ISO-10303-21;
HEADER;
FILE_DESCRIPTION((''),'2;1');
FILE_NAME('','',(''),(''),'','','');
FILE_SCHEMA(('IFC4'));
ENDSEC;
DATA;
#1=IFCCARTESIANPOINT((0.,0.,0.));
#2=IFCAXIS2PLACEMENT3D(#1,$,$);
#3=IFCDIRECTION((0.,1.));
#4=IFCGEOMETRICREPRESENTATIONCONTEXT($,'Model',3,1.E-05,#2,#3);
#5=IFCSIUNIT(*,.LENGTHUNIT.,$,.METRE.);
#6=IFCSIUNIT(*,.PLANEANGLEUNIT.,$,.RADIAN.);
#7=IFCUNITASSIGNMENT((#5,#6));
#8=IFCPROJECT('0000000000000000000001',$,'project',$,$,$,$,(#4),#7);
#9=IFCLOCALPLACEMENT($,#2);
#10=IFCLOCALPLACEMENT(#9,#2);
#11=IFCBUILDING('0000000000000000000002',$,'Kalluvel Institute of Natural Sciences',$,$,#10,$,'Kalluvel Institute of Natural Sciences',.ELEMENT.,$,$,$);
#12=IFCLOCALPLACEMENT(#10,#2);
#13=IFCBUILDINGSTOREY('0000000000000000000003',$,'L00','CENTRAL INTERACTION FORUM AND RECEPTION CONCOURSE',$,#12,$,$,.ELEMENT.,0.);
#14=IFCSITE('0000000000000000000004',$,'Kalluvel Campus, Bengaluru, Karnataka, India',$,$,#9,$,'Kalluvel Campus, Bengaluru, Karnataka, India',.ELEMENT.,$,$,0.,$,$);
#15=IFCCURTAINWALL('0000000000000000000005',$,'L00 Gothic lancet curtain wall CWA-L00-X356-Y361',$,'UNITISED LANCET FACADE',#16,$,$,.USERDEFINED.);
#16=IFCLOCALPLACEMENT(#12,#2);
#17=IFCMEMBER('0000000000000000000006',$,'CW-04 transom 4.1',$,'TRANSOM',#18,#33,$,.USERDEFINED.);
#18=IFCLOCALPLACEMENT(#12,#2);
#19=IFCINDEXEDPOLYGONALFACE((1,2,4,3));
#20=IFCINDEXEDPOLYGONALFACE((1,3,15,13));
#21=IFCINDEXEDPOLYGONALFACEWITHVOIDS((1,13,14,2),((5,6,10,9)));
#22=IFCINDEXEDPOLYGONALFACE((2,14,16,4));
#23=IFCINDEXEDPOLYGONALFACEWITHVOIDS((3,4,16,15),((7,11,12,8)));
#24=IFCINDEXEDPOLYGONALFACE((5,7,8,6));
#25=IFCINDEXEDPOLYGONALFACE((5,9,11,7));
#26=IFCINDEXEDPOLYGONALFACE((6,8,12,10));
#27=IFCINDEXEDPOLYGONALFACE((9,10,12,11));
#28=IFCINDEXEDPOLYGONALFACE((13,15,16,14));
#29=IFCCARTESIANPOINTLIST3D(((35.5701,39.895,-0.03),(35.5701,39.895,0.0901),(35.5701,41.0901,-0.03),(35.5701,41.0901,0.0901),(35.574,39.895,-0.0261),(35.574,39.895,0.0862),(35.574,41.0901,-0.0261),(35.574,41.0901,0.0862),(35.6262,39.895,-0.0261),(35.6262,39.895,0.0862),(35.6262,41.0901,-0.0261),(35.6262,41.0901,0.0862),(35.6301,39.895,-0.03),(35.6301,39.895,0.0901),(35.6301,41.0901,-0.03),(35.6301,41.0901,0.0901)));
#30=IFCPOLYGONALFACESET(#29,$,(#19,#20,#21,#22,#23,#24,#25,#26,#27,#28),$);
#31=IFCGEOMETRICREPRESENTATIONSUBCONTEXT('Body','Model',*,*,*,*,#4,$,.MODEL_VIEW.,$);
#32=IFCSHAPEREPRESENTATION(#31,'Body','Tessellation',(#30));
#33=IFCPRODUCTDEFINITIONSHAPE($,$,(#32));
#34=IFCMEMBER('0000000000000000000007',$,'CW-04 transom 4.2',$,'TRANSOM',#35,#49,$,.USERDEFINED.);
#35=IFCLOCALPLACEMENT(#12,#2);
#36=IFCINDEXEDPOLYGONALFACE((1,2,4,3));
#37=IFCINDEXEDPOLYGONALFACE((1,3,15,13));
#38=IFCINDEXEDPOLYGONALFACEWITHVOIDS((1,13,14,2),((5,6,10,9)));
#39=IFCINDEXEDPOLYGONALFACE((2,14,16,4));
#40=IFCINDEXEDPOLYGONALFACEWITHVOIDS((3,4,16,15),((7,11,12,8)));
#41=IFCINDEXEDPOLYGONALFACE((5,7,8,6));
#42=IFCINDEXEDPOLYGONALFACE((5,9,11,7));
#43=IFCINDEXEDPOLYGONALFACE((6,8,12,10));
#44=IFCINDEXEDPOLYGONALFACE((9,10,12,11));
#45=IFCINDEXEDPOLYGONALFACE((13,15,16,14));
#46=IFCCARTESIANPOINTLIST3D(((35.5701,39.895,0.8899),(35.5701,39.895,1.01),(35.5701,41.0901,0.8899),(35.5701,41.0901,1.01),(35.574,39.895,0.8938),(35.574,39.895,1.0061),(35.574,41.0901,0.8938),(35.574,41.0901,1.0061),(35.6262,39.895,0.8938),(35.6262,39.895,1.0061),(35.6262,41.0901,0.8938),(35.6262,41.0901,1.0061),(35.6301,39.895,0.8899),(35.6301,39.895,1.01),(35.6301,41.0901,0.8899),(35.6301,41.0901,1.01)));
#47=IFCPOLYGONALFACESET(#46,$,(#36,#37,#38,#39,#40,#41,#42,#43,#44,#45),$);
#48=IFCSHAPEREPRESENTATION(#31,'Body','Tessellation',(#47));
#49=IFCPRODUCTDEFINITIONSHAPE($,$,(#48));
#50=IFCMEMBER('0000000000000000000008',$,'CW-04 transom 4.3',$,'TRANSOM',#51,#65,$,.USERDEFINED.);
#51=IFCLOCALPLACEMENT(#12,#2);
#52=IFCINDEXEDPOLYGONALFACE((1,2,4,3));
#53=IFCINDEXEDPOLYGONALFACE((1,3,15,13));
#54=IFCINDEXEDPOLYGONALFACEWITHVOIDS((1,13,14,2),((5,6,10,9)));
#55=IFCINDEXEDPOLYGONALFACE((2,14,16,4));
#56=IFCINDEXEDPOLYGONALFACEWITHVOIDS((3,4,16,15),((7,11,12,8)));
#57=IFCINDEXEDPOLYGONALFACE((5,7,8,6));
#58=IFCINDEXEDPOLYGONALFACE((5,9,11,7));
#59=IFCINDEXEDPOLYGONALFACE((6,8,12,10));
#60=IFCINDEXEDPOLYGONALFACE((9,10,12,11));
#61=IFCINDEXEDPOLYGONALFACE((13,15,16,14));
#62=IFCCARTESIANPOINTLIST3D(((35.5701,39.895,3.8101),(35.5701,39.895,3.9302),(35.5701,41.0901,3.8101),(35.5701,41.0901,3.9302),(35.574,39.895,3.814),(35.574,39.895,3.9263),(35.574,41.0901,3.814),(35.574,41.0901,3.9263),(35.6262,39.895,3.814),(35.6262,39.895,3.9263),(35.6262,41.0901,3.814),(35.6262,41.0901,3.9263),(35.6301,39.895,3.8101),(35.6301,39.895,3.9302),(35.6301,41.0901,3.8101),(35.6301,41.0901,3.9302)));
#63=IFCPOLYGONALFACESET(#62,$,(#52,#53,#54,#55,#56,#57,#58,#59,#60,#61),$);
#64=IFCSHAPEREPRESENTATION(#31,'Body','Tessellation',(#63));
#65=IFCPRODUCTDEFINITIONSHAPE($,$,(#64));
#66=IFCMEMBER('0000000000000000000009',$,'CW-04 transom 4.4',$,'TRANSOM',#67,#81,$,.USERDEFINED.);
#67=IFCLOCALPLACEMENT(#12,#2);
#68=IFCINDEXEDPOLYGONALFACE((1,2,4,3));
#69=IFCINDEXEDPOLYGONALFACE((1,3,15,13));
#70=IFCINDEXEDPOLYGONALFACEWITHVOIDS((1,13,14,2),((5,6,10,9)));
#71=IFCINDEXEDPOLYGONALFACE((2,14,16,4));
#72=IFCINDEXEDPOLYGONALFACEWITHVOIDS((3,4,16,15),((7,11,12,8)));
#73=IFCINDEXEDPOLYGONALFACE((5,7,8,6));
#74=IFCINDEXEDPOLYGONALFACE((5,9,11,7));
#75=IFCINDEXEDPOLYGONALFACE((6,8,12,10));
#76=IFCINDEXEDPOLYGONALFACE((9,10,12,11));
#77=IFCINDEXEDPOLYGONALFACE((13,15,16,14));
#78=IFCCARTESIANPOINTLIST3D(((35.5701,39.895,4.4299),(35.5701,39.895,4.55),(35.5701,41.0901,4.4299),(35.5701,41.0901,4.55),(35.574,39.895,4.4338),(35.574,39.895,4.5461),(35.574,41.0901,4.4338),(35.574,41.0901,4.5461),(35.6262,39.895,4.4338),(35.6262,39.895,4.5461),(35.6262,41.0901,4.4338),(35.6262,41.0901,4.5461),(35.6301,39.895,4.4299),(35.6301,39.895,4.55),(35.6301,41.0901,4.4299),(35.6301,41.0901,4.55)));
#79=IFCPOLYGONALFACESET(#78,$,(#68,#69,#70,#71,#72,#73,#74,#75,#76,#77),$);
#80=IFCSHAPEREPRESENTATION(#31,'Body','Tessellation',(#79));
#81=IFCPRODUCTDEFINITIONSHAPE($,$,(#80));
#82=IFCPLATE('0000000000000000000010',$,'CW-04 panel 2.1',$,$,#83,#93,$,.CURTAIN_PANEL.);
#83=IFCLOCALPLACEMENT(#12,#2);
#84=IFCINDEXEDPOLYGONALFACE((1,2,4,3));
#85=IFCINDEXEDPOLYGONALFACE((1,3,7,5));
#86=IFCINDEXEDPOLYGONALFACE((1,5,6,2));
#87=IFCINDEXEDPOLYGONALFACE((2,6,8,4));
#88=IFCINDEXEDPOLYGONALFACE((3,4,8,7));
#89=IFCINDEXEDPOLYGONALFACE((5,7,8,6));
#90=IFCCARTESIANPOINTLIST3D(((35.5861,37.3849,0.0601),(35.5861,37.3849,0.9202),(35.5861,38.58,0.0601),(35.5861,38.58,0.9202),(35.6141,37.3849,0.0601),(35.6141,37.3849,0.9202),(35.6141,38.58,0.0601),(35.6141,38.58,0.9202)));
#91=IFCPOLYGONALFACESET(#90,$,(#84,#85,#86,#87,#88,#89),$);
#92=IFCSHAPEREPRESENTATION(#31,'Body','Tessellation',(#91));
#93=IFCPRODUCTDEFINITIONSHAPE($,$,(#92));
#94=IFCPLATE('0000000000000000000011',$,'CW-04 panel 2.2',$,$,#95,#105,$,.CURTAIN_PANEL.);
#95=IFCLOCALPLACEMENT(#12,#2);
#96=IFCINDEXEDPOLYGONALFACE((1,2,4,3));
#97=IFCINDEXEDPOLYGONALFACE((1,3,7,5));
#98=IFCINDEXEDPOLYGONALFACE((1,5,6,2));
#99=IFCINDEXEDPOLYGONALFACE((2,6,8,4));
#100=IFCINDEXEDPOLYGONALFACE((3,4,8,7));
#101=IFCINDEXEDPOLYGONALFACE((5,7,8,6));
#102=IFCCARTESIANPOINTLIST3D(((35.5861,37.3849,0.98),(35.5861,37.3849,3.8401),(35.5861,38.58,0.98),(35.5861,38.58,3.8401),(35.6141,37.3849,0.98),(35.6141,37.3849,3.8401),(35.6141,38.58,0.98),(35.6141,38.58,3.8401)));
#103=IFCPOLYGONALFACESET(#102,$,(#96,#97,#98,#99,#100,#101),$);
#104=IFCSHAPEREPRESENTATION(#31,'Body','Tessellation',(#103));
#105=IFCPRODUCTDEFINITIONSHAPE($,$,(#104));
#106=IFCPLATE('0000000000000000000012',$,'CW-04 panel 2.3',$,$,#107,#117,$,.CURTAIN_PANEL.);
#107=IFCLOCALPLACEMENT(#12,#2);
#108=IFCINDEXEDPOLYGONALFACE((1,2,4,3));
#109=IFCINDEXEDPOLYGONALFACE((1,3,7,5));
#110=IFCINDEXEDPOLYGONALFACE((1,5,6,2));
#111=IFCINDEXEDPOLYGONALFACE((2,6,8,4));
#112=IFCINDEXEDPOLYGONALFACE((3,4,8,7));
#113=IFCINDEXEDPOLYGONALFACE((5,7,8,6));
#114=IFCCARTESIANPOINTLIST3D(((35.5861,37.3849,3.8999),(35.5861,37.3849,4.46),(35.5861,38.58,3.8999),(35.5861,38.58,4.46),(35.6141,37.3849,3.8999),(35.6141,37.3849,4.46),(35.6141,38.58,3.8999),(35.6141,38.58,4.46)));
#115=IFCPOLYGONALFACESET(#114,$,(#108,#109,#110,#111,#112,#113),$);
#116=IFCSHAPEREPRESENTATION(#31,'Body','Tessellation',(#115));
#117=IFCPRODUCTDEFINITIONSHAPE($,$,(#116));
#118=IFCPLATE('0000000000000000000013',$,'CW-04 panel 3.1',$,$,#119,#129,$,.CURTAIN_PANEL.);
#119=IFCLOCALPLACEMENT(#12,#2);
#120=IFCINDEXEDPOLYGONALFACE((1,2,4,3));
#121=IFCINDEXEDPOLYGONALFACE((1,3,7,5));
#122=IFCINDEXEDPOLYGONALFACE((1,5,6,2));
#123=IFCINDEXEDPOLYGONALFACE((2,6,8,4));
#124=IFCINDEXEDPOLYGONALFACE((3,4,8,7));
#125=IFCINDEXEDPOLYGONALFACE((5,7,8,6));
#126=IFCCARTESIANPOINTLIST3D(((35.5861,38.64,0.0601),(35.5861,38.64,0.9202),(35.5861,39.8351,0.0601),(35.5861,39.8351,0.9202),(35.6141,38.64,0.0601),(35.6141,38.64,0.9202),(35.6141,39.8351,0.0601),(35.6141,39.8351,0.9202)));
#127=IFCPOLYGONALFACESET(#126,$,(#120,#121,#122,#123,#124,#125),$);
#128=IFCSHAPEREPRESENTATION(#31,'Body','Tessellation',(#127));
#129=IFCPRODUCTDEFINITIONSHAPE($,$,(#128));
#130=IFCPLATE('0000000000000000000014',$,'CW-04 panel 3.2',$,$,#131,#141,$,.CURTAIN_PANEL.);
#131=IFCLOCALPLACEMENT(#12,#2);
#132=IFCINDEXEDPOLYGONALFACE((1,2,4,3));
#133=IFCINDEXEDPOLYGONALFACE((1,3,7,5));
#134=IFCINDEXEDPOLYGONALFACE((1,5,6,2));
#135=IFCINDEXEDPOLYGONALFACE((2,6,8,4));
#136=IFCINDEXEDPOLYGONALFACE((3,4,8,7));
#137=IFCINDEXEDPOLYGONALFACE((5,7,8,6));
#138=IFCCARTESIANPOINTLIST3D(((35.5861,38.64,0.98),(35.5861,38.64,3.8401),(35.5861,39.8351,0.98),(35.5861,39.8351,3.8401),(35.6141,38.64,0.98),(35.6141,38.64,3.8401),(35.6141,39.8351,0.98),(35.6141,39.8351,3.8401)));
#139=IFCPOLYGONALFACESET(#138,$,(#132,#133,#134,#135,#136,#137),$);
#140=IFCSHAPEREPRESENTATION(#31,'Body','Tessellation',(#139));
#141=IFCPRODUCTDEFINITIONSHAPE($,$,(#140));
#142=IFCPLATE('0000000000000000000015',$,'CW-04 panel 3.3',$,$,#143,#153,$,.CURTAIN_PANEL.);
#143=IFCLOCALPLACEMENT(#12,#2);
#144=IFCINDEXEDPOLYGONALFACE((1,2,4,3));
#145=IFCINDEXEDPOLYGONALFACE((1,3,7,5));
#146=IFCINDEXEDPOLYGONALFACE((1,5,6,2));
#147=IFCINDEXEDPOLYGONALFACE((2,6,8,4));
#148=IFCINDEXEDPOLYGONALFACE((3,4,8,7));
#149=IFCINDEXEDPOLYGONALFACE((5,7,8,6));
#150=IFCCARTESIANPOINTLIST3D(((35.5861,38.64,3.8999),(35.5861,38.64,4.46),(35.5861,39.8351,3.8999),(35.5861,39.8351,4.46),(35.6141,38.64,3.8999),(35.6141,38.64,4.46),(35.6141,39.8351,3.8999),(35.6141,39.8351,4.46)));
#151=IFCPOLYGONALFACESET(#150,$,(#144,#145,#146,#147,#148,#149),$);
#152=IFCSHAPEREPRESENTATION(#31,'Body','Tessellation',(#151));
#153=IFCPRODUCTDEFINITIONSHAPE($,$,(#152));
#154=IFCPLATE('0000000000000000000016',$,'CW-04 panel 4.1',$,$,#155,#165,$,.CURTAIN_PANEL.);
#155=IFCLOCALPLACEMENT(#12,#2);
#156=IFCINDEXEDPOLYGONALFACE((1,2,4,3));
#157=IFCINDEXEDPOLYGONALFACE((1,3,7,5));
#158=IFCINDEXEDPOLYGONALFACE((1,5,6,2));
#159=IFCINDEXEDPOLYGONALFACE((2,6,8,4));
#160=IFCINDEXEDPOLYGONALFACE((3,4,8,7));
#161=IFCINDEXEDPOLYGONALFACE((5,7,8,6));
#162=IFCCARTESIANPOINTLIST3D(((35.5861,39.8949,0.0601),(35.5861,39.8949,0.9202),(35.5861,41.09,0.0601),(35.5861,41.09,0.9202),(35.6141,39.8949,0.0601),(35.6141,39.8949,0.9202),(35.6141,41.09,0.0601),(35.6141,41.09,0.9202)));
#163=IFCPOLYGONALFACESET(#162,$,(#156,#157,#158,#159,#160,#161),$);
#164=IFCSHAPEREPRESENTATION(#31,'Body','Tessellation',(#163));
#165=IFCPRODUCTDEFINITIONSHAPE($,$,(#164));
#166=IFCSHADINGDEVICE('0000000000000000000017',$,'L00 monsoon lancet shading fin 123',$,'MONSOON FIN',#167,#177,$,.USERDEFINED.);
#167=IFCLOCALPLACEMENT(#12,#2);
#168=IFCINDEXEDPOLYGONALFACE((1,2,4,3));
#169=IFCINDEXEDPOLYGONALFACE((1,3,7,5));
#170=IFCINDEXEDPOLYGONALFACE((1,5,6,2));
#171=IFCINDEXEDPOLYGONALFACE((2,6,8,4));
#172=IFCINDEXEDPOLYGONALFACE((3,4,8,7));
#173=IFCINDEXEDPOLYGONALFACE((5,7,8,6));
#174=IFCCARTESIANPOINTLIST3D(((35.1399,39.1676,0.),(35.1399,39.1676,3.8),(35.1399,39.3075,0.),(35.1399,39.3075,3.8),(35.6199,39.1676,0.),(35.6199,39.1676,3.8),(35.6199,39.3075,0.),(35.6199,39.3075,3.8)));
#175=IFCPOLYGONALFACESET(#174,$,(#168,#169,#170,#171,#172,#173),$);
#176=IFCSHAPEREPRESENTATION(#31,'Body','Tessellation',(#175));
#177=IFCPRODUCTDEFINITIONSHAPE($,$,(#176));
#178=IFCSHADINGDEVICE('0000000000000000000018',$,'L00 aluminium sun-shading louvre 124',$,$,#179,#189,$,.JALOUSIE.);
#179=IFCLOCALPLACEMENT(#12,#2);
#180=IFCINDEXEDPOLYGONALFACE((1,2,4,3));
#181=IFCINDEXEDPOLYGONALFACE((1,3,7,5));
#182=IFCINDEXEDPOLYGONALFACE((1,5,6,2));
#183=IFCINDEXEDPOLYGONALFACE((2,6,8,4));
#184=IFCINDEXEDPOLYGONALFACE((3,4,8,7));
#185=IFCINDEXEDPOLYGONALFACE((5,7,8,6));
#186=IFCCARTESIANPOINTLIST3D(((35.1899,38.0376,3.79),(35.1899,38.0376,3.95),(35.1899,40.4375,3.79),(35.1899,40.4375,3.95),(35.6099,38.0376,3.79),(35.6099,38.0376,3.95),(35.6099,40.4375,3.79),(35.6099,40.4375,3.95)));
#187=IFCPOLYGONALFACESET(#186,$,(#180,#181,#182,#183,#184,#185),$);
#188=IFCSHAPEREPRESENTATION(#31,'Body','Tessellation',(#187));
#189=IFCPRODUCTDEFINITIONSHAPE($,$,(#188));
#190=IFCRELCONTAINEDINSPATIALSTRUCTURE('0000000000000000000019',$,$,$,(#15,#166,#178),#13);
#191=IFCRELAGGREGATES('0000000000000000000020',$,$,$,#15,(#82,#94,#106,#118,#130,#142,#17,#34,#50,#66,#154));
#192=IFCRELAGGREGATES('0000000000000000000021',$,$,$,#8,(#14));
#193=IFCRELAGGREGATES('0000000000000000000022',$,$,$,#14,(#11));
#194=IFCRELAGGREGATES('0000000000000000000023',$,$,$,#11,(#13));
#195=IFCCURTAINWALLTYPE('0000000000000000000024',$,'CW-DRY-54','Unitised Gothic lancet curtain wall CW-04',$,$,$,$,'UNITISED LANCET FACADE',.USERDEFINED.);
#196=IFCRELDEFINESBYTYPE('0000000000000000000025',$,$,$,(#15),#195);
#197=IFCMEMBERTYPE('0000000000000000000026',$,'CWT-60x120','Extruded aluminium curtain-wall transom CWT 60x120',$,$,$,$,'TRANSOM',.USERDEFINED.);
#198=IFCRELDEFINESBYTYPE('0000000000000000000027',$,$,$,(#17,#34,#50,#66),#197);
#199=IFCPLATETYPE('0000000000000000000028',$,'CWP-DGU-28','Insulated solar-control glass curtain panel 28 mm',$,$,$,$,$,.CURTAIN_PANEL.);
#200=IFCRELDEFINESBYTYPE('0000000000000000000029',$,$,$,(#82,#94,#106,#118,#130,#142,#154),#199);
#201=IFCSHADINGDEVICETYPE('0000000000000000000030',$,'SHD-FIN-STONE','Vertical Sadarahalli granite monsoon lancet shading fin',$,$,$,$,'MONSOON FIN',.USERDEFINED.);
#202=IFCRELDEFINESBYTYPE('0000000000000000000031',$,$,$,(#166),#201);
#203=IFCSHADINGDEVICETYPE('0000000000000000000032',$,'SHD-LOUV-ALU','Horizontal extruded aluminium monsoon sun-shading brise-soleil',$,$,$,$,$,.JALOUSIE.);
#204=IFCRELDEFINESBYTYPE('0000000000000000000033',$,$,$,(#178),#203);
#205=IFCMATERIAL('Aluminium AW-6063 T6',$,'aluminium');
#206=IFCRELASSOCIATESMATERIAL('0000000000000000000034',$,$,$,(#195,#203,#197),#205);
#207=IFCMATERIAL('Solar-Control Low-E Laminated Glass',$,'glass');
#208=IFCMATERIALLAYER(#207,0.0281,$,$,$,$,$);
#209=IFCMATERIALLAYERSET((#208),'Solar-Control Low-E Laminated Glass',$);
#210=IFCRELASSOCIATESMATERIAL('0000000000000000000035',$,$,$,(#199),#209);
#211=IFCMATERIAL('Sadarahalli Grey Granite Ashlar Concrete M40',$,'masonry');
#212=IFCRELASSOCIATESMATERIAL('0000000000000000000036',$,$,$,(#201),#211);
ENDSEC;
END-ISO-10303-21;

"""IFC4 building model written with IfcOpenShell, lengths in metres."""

from ifc_helpers import new_model, si_unit, direction, frame, origin, origin_2d, place, context, subcontext, project, spatial, rectangle, hollow_rectangle, extrude, material, layer, layer_set, material_profile, profile_set, type_object, element, aggregate, save


model = new_model("IFC4")

# Units and contexts
model_context = context("Model", 3, precision=1e-05, world=origin(), true_north=direction((0.0, 1.0)))
body_context = subcontext(model_context, "Body", "Model", "MODEL_VIEW")
ifc_project = project(units=[si_unit("LENGTHUNIT", "METRE"), si_unit("PLANEANGLEUNIT", "RADIAN")], contexts=[model_context])

# Site, building, storey
site_placement = place(None, origin())
site = spatial("IfcSite", under=ifc_project, at=site_placement, Name="Kalluvel Campus, Bengaluru, Karnataka, India", LongName="Kalluvel Campus, Bengaluru, Karnataka, India", CompositionType="ELEMENT", RefElevation=0.0)
building_placement = place(site_placement, origin())
building = spatial("IfcBuilding", under=site, at=building_placement, Name="Kalluvel Institute of Natural Sciences", LongName="Kalluvel Institute of Natural Sciences", CompositionType="ELEMENT")
storey_placement = place(building_placement, origin())
storey = spatial("IfcBuildingStorey", under=building, at=storey_placement, Name="L00", Description="CENTRAL INTERACTION FORUM AND RECEPTION CONCOURSE", CompositionType="ELEMENT", Elevation=0.0)

# Curtain wall, members, plates
ifc_material_1 = material(Name="Aluminium AW-6063 T6", Category="aluminium")
curtain_wall_type = type_object("IfcCurtainWallType", Name="CW-DRY-54", Description="Unitised Gothic lancet curtain wall CW-04", ElementType="UNITISED LANCET FACADE", PredefinedType="USERDEFINED", material=ifc_material_1)
curtain_wall_placement = place(storey_placement, origin())
curtain_wall = element("IfcCurtainWall", 1, at=curtain_wall_placement, inside=storey, type_object=curtain_wall_type, Name="L00 Gothic lancet curtain wall CWA-L00-X356-Y361", ObjectType="UNITISED LANCET FACADE", PredefinedType="USERDEFINED")
ifc_material_profile_1 = material_profile(ifc_material_1, hollow_rectangle(XDim=0.0601, YDim=0.1201, WallThickness=0.0039, at=origin_2d()), Name="CWT 60x120")
ifc_profile_set_1 = profile_set([ifc_material_profile_1], Name="Aluminium AW-6063 T6")
member_type_1 = type_object("IfcMemberType", Name="CWT-60x120", Description="Extruded aluminium curtain-wall transom CWT 60x120", ElementType="TRANSOM", PredefinedType="USERDEFINED", material=ifc_profile_set_1)
member_1_placement = place(storey_placement, frame((35.6001, 39.895, 0.03), z_axis=(0.0, 1.0, 0.0), x_axis=(-1.0, 0.0, 0.0)))
member_1 = element("IfcMember", 2, at=member_1_placement, type_object=member_type_1, Name="CW-04 transom 4.1", ObjectType="TRANSOM", PredefinedType="USERDEFINED", context=body_context, shape_type="SweptSolid", body=[
    extrude(hollow_rectangle(XDim=0.0601, YDim=0.1201, WallThickness=0.0039, at=origin_2d()), origin(), (0.0, 0.0, 1.0), 1.1951),
])
member_2_placement = place(storey_placement, frame((35.6001, 39.895, 0.95), z_axis=(0.0, 1.0, 0.0), x_axis=(-1.0, 0.0, 0.0)))
member_2 = element("IfcMember", 3, at=member_2_placement, type_object=member_type_1, Name="CW-04 transom 4.2", ObjectType="TRANSOM", PredefinedType="USERDEFINED", context=body_context, shape_type="SweptSolid", body=[
    extrude(hollow_rectangle(XDim=0.0601, YDim=0.1201, WallThickness=0.0039, at=origin_2d()), origin(), (0.0, 0.0, 1.0), 1.1951),
])
member_3_placement = place(storey_placement, frame((35.6001, 39.895, 3.8701), z_axis=(0.0, 1.0, 0.0), x_axis=(-1.0, 0.0, 0.0)))
member_3 = element("IfcMember", 4, at=member_3_placement, type_object=member_type_1, Name="CW-04 transom 4.3", ObjectType="TRANSOM", PredefinedType="USERDEFINED", context=body_context, shape_type="SweptSolid", body=[
    extrude(hollow_rectangle(XDim=0.0601, YDim=0.1201, WallThickness=0.0039, at=origin_2d()), origin(), (0.0, 0.0, 1.0), 1.1951),
])
member_4_placement = place(storey_placement, frame((35.6001, 39.895, 4.49), z_axis=(0.0, 1.0, 0.0), x_axis=(-1.0, 0.0, 0.0)))
member_4 = element("IfcMember", 5, at=member_4_placement, type_object=member_type_1, Name="CW-04 transom 4.4", ObjectType="TRANSOM", PredefinedType="USERDEFINED", context=body_context, shape_type="SweptSolid", body=[
    extrude(hollow_rectangle(XDim=0.0601, YDim=0.1201, WallThickness=0.0039, at=origin_2d()), origin(), (0.0, 0.0, 1.0), 1.1951),
])
ifc_material_2 = material(Name="Solar-Control Low-E Laminated Glass", Category="glass")
ifc_layer = layer(ifc_material_2, 0.0281)
ifc_layer_set = layer_set([ifc_layer], Name="Solar-Control Low-E Laminated Glass")
plate_type = type_object("IfcPlateType", Name="CWP-DGU-28", Description="Insulated solar-control glass curtain panel 28 mm", PredefinedType="CURTAIN_PANEL", material=ifc_layer_set)
plate_1_placement = place(storey_placement, frame((35.6001, 37.9824, 0.0601), z_axis=(0.0, 0.0, 1.0), x_axis=(0.0, 1.0, 0.0)))
plate_1 = element("IfcPlate", 6, at=plate_1_placement, type_object=plate_type, Name="CW-04 panel 2.1", PredefinedType="CURTAIN_PANEL", context=body_context, shape_type="SweptSolid", body=[
    extrude(rectangle(XDim=1.1951, YDim=0.0281, at=origin_2d()), origin(), (0.0, 0.0, 1.0), 0.8601),
])
plate_2_placement = place(storey_placement, frame((35.6001, 37.9824, 0.98), z_axis=(0.0, 0.0, 1.0), x_axis=(0.0, 1.0, 0.0)))
plate_2 = element("IfcPlate", 7, at=plate_2_placement, type_object=plate_type, Name="CW-04 panel 2.2", PredefinedType="CURTAIN_PANEL", context=body_context, shape_type="SweptSolid", body=[
    extrude(rectangle(XDim=1.1951, YDim=0.0281, at=origin_2d()), origin(), (0.0, 0.0, 1.0), 2.8601),
])
plate_3_placement = place(storey_placement, frame((35.6001, 37.9824, 3.8999), z_axis=(0.0, 0.0, 1.0), x_axis=(0.0, 1.0, 0.0)))
plate_3 = element("IfcPlate", 8, at=plate_3_placement, type_object=plate_type, Name="CW-04 panel 2.3", PredefinedType="CURTAIN_PANEL", context=body_context, shape_type="SweptSolid", body=[
    extrude(rectangle(XDim=1.1951, YDim=0.0281, at=origin_2d()), origin(), (0.0, 0.0, 1.0), 0.5601),
])
plate_4_placement = place(storey_placement, frame((35.6001, 39.2375, 0.0601), z_axis=(0.0, 0.0, 1.0), x_axis=(0.0, 1.0, 0.0)))
plate_4 = element("IfcPlate", 9, at=plate_4_placement, type_object=plate_type, Name="CW-04 panel 3.1", PredefinedType="CURTAIN_PANEL", context=body_context, shape_type="SweptSolid", body=[
    extrude(rectangle(XDim=1.1951, YDim=0.0281, at=origin_2d()), origin(), (0.0, 0.0, 1.0), 0.8601),
])
plate_5_placement = place(storey_placement, frame((35.6001, 39.2375, 0.98), z_axis=(0.0, 0.0, 1.0), x_axis=(0.0, 1.0, 0.0)))
plate_5 = element("IfcPlate", 10, at=plate_5_placement, type_object=plate_type, Name="CW-04 panel 3.2", PredefinedType="CURTAIN_PANEL", context=body_context, shape_type="SweptSolid", body=[
    extrude(rectangle(XDim=1.1951, YDim=0.0281, at=origin_2d()), origin(), (0.0, 0.0, 1.0), 2.8601),
])
plate_6_placement = place(storey_placement, frame((35.6001, 39.2375, 3.8999), z_axis=(0.0, 0.0, 1.0), x_axis=(0.0, 1.0, 0.0)))
plate_6 = element("IfcPlate", 11, at=plate_6_placement, type_object=plate_type, Name="CW-04 panel 3.3", PredefinedType="CURTAIN_PANEL", context=body_context, shape_type="SweptSolid", body=[
    extrude(rectangle(XDim=1.1951, YDim=0.0281, at=origin_2d()), origin(), (0.0, 0.0, 1.0), 0.5601),
])
plate_7_placement = place(storey_placement, frame((35.6001, 40.4924, 0.0601), z_axis=(0.0, 0.0, 1.0), x_axis=(0.0, 1.0, 0.0)))
plate_7 = element("IfcPlate", 12, at=plate_7_placement, type_object=plate_type, Name="CW-04 panel 4.1", PredefinedType="CURTAIN_PANEL", context=body_context, shape_type="SweptSolid", body=[
    extrude(rectangle(XDim=1.1951, YDim=0.0281, at=origin_2d()), origin(), (0.0, 0.0, 1.0), 0.8601),
])
aggregate(curtain_wall, [plate_1, plate_2, plate_3, plate_4, plate_5, plate_6, member_1, member_2, member_3, member_4, plate_7])

# Shading devices
ifc_material_3 = material(Name="Sadarahalli Grey Granite Ashlar Concrete M40", Category="masonry")
shading_device_type_1 = type_object("IfcShadingDeviceType", Name="SHD-FIN-STONE", Description="Vertical Sadarahalli granite monsoon lancet shading fin", ElementType="MONSOON FIN", PredefinedType="USERDEFINED", material=ifc_material_3)
shading_device_1_placement = place(storey_placement, frame((35.3799, 39.2375, 0.0), z_axis=(0.0, 0.0, 1.0), x_axis=(0.0, 1.0, 0.0)))
element("IfcShadingDevice", 13, at=shading_device_1_placement, inside=storey, type_object=shading_device_type_1, Name="L00 monsoon lancet shading fin 123", ObjectType="MONSOON FIN", PredefinedType="USERDEFINED", context=body_context, shape_type="SweptSolid", body=[
    extrude(rectangle(XDim=0.1399, YDim=0.48, at=origin_2d()), origin(), (0.0, 0.0, 1.0), 3.8),
])
shading_device_type_2 = type_object("IfcShadingDeviceType", Name="SHD-LOUV-ALU", Description="Horizontal extruded aluminium monsoon sun-shading brise-soleil", PredefinedType="JALOUSIE", material=ifc_material_1)
shading_device_2_placement = place(storey_placement, frame((35.3999, 39.2375, 3.79), z_axis=(0.0, 0.0, 1.0), x_axis=(0.0, 1.0, 0.0)))
element("IfcShadingDevice", 14, at=shading_device_2_placement, inside=storey, type_object=shading_device_type_2, Name="L00 aluminium sun-shading louvre 124", PredefinedType="JALOUSIE", context=body_context, shape_type="SweptSolid", body=[
    extrude(rectangle(XDim=2.3999, YDim=0.4199, at=origin_2d()), origin(), (0.0, 0.0, 1.0), 0.1599),
])

save(model, "model.ifc")
